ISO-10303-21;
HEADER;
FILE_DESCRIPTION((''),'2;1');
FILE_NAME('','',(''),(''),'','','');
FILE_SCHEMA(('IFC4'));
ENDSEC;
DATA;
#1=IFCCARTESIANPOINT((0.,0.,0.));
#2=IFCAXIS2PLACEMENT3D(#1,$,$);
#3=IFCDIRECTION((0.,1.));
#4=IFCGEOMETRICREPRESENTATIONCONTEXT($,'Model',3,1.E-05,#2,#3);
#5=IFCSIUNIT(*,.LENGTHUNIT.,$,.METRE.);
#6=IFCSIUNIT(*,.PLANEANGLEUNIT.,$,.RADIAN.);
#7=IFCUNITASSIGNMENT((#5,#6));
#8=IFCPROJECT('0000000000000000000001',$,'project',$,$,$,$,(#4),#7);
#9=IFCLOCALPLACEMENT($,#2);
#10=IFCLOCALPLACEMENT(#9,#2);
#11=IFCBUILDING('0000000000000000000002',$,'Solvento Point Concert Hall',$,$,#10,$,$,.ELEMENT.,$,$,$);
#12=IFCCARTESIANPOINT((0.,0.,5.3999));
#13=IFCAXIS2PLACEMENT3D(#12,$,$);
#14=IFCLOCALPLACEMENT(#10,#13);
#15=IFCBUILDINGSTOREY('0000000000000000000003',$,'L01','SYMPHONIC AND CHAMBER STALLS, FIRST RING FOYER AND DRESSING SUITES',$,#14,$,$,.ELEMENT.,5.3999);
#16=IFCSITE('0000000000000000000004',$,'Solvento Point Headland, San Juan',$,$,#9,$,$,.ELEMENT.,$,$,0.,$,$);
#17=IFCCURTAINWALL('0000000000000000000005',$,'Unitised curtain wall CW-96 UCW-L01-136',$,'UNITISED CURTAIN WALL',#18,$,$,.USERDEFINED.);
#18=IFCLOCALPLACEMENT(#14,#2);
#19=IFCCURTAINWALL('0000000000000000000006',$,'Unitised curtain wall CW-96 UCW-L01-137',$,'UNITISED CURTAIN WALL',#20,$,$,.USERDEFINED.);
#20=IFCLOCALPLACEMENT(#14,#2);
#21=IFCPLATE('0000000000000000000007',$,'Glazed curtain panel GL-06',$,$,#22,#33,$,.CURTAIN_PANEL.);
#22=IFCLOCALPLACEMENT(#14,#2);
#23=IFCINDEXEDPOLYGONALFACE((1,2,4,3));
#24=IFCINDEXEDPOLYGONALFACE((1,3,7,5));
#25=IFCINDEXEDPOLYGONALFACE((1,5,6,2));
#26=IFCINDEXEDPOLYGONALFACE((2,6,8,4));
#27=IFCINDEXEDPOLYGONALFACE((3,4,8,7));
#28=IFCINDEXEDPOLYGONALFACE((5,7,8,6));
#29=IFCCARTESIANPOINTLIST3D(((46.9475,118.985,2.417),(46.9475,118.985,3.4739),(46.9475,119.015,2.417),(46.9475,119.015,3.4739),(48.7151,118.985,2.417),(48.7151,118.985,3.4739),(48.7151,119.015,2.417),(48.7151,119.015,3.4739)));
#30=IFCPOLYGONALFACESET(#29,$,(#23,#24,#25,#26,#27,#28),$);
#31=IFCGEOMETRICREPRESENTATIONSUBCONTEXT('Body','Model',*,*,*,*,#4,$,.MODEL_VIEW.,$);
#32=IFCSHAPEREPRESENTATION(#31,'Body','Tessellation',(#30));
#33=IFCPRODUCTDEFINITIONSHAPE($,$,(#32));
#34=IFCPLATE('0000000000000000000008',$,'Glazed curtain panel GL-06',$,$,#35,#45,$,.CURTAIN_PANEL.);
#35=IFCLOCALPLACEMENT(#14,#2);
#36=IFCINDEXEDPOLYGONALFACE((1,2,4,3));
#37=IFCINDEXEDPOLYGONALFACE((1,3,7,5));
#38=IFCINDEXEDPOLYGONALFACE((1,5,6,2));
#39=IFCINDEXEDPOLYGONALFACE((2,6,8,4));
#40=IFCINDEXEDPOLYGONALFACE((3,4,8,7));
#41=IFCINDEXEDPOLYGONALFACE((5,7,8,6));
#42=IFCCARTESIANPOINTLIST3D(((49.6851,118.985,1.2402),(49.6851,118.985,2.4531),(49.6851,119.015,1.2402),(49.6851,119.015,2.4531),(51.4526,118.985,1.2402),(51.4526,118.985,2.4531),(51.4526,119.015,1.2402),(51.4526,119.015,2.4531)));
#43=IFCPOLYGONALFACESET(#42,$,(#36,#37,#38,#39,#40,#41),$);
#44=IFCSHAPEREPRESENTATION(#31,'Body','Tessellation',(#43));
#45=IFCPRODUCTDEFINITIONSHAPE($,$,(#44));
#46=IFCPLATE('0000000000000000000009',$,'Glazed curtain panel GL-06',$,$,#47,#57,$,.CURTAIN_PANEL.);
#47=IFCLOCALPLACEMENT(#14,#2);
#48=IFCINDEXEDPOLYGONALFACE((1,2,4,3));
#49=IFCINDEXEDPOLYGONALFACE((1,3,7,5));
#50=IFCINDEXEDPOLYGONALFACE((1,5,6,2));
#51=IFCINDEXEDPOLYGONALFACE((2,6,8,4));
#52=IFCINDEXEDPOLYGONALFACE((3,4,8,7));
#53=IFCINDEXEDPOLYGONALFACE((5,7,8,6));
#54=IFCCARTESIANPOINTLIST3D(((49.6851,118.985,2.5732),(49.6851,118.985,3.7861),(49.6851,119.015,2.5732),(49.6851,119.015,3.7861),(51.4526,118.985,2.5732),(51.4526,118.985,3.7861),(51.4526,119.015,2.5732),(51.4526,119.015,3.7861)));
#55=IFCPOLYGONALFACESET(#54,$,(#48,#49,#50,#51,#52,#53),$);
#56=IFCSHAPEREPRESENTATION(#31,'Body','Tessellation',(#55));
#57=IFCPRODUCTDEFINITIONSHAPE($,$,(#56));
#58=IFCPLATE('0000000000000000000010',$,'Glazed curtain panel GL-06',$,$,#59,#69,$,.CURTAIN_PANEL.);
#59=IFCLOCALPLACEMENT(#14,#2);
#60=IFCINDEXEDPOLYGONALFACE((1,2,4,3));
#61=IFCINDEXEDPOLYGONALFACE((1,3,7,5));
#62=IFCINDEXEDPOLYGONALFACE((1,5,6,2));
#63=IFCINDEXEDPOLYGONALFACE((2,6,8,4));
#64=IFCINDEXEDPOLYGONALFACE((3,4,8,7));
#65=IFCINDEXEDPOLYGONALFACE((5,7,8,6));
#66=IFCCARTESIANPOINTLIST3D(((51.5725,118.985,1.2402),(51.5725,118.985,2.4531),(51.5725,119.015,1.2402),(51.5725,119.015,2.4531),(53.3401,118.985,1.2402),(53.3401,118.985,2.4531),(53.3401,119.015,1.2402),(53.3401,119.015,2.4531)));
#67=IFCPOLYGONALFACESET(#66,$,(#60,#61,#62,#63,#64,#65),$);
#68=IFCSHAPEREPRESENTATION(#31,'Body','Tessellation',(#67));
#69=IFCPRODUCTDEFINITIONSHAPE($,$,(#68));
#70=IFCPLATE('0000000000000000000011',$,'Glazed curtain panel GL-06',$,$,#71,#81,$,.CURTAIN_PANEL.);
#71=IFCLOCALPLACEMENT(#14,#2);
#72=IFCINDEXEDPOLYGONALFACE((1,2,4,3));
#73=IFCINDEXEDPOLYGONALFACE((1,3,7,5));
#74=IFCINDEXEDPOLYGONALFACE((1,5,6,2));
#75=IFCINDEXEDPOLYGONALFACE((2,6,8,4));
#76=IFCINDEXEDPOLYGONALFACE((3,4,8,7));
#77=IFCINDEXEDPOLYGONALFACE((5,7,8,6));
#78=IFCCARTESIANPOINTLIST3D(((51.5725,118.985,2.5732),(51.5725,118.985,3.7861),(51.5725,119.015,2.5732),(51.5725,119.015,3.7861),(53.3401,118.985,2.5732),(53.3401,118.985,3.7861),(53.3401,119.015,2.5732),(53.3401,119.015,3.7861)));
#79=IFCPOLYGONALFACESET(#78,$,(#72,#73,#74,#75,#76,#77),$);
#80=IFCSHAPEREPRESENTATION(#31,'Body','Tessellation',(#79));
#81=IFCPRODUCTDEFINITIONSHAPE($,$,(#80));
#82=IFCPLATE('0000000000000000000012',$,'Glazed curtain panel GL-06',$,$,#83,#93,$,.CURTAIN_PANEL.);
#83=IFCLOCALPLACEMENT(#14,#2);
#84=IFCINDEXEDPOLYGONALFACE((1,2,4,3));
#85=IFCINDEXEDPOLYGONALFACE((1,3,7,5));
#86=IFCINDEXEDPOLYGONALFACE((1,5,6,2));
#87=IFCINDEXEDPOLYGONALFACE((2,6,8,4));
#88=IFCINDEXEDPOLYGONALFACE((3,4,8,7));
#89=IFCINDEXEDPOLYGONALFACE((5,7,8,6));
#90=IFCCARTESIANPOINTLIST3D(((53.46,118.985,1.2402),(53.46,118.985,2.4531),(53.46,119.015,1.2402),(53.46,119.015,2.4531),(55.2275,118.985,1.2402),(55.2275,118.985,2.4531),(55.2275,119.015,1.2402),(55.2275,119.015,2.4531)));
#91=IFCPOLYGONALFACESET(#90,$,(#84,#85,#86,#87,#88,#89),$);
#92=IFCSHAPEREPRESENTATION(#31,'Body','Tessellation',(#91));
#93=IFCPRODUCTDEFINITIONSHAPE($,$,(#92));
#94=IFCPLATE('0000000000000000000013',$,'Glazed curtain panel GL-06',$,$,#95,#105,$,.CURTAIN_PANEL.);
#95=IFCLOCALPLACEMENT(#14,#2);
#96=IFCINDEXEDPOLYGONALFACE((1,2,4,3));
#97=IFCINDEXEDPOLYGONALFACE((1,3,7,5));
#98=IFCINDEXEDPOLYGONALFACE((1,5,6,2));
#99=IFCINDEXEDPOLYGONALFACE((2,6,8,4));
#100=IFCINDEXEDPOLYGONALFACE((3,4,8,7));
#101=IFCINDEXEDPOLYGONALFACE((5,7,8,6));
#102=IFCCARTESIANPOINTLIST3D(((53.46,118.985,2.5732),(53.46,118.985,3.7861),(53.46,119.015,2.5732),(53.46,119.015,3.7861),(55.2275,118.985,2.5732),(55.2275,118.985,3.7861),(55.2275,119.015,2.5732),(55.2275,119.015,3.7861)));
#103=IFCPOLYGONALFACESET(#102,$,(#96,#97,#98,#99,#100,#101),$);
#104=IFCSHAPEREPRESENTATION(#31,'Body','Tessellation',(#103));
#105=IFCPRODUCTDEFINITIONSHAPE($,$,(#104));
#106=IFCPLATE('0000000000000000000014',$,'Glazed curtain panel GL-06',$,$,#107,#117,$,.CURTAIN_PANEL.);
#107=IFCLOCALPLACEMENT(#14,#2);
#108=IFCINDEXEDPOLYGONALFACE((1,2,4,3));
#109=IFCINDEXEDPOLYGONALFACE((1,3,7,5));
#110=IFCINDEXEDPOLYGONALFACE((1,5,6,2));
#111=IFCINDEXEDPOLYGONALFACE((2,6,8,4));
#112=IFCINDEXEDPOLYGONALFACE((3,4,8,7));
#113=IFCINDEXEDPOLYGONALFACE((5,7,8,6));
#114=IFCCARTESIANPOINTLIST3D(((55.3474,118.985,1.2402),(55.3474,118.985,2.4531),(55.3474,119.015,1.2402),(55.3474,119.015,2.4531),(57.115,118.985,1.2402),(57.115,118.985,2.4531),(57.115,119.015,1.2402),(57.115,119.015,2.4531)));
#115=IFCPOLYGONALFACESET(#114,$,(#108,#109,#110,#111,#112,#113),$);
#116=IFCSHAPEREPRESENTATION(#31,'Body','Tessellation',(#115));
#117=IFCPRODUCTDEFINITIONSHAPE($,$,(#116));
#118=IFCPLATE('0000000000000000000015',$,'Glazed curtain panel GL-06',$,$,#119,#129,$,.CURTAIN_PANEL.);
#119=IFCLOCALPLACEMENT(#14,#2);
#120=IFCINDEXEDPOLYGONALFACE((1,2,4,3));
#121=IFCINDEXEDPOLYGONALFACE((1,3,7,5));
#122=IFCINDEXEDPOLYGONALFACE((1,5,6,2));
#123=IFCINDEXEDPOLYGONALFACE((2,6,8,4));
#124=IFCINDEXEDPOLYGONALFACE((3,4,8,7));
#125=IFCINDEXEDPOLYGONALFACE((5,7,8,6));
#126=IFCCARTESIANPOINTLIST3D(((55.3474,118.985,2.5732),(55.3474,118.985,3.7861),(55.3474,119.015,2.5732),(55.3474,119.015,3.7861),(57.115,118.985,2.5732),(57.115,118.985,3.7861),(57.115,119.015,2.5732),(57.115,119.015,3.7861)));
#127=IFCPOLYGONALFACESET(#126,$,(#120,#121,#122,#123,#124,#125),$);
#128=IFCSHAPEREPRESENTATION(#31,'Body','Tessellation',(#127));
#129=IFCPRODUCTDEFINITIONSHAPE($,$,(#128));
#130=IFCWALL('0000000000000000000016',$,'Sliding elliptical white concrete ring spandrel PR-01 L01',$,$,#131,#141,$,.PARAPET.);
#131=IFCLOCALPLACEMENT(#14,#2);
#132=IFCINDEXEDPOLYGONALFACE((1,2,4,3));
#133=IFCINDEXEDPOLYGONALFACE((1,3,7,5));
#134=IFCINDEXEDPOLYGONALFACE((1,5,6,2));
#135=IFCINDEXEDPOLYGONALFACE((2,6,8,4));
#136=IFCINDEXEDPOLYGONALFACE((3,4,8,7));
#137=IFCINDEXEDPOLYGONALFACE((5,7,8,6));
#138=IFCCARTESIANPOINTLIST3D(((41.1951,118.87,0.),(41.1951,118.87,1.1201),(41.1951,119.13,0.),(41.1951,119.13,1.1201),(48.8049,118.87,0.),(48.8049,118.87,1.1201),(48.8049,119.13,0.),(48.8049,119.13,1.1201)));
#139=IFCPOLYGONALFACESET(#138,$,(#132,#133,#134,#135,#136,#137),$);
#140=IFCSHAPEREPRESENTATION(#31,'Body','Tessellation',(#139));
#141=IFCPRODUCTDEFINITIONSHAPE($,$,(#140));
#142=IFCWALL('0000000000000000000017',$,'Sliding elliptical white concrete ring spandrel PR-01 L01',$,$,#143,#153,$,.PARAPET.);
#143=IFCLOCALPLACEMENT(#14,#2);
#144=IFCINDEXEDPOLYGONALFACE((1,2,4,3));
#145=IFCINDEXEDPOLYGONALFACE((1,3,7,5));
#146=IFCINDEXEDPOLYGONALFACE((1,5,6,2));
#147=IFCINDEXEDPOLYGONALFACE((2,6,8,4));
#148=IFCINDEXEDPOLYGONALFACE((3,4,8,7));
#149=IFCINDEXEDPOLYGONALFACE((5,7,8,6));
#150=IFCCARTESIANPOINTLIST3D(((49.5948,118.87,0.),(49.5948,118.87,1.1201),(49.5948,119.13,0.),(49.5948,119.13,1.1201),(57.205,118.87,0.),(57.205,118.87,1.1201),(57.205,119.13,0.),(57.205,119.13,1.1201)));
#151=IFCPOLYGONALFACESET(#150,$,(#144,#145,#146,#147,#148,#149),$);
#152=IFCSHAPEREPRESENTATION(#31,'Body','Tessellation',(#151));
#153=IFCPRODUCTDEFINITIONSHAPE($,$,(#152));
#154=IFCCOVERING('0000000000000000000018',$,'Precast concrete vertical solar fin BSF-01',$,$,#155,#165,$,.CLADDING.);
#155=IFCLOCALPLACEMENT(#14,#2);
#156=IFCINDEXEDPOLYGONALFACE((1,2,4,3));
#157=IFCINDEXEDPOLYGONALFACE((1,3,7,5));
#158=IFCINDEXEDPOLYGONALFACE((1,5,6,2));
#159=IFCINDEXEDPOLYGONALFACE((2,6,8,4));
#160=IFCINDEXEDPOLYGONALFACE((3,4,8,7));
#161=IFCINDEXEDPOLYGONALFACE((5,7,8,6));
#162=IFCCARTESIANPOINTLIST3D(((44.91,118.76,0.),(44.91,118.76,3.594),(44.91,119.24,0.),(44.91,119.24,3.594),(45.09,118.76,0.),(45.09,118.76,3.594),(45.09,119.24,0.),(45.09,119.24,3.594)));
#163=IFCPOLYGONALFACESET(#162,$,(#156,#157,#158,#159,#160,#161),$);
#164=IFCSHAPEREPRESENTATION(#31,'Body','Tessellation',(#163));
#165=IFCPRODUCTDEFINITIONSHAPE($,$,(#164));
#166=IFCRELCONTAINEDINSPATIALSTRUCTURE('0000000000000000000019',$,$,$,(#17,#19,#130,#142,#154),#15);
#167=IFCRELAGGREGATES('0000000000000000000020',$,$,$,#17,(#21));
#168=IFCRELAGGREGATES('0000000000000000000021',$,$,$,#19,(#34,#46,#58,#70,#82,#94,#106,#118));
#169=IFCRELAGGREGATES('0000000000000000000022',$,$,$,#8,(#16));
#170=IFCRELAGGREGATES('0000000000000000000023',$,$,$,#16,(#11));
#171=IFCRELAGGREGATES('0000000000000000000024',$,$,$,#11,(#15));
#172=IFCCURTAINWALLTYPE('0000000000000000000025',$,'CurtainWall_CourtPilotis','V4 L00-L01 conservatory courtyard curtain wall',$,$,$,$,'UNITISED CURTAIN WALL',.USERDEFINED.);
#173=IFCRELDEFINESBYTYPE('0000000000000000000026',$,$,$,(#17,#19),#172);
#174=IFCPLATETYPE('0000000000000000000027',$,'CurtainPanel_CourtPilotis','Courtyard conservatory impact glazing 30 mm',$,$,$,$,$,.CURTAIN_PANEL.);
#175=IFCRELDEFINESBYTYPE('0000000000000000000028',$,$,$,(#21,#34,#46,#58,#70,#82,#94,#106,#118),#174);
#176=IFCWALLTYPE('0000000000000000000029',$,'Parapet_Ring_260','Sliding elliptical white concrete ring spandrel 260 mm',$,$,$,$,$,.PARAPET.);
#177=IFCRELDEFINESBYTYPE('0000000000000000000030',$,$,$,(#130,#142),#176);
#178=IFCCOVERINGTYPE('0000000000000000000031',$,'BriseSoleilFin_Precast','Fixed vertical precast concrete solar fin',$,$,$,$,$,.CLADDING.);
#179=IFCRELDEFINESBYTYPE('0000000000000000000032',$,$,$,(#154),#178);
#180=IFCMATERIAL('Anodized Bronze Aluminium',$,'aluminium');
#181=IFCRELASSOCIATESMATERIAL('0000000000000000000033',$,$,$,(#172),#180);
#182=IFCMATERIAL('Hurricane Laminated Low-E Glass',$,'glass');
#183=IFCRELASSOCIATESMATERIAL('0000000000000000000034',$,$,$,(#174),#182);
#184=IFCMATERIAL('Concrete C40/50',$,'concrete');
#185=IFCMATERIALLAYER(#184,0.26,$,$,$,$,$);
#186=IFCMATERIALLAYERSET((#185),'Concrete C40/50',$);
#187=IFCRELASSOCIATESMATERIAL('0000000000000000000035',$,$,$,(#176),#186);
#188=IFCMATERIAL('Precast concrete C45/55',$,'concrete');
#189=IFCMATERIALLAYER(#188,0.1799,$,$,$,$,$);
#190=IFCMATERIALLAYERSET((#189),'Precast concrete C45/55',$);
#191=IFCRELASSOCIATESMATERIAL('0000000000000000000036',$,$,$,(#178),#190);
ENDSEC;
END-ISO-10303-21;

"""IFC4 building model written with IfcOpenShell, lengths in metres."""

from ifc_helpers import new_model, si_unit, direction, frame, frame_2d, origin, origin_2d, place, context, subcontext, project, spatial, rectangle, extrude, material, layer, layer_set, type_object, element, aggregate, save


model = new_model("IFC4")

# Units and contexts
model_context = context("Model", 3, precision=1e-05, world=origin(), true_north=direction((0.0, 1.0)))
body_context = subcontext(model_context, "Body", "Model", "MODEL_VIEW")
ifc_project = project(units=[si_unit("LENGTHUNIT", "METRE"), si_unit("PLANEANGLEUNIT", "RADIAN")], contexts=[model_context])

# Site, building, storey
site_placement = place(None, origin())
site = spatial("IfcSite", under=ifc_project, at=site_placement, Name="Solvento Point Headland, San Juan", CompositionType="ELEMENT", RefElevation=0.0)
building_placement = place(site_placement, origin())
building = spatial("IfcBuilding", under=site, at=building_placement, Name="Solvento Point Concert Hall", CompositionType="ELEMENT")
storey_placement = place(building_placement, frame((0.0, 0.0, 5.3999)))
storey = spatial("IfcBuildingStorey", under=building, at=storey_placement, Name="L01", Description="SYMPHONIC AND CHAMBER STALLS, FIRST RING FOYER AND DRESSING SUITES", CompositionType="ELEMENT", Elevation=5.3999)

# Curtain walls
ifc_material_1 = material(Name="Anodized Bronze Aluminium", Category="aluminium")
curtain_wall_type = type_object("IfcCurtainWallType", Name="CurtainWall_CourtPilotis", Description="V4 L00-L01 conservatory courtyard curtain wall", ElementType="UNITISED CURTAIN WALL", PredefinedType="USERDEFINED", material=ifc_material_1)
curtain_wall_1_placement = place(storey_placement, origin())
curtain_wall_1 = element("IfcCurtainWall", 1, at=curtain_wall_1_placement, inside=storey, type_object=curtain_wall_type, Name="Unitised curtain wall CW-96 UCW-L01-136", ObjectType="UNITISED CURTAIN WALL", PredefinedType="USERDEFINED")
curtain_wall_2_placement = place(storey_placement, origin())
curtain_wall_2 = element("IfcCurtainWall", 2, at=curtain_wall_2_placement, inside=storey, type_object=curtain_wall_type, Name="Unitised curtain wall CW-96 UCW-L01-137", ObjectType="UNITISED CURTAIN WALL", PredefinedType="USERDEFINED")

# Plates
ifc_material_2 = material(Name="Hurricane Laminated Low-E Glass", Category="glass")
plate_type = type_object("IfcPlateType", Name="CurtainPanel_CourtPilotis", Description="Courtyard conservatory impact glazing 30 mm", PredefinedType="CURTAIN_PANEL", material=ifc_material_2)
plate_1_placement = place(storey_placement, frame((47.8313, 119.0, 2.417), z_axis=(0.0, 0.0, 1.0), x_axis=(1.0, 0.0, 0.0)))
plate_1 = element("IfcPlate", 3, at=plate_1_placement, type_object=plate_type, Name="Glazed curtain panel GL-06", PredefinedType="CURTAIN_PANEL", context=body_context, shape_type="SweptSolid", body=[
    extrude(rectangle(XDim=1.7676, YDim=0.03, at=origin_2d()), origin(), (0.0, 0.0, 1.0), 1.0569),
])
aggregate(curtain_wall_1, [plate_1])
plate_2_placement = place(storey_placement, frame((50.5688, 119.0, 1.2402), z_axis=(0.0, 0.0, 1.0), x_axis=(1.0, 0.0, 0.0)))
plate_2 = element("IfcPlate", 4, at=plate_2_placement, type_object=plate_type, Name="Glazed curtain panel GL-06", PredefinedType="CURTAIN_PANEL", context=body_context, shape_type="SweptSolid", body=[
    extrude(rectangle(XDim=1.7676, YDim=0.03, at=origin_2d()), origin(), (0.0, 0.0, 1.0), 1.2129),
])
plate_3_placement = place(storey_placement, frame((50.5688, 119.0, 2.5732), z_axis=(0.0, 0.0, 1.0), x_axis=(1.0, 0.0, 0.0)))
plate_3 = element("IfcPlate", 5, at=plate_3_placement, type_object=plate_type, Name="Glazed curtain panel GL-06", PredefinedType="CURTAIN_PANEL", context=body_context, shape_type="SweptSolid", body=[
    extrude(rectangle(XDim=1.7676, YDim=0.03, at=origin_2d()), origin(), (0.0, 0.0, 1.0), 1.2129),
])
plate_4_placement = place(storey_placement, frame((52.4563, 119.0, 1.2402), z_axis=(0.0, 0.0, 1.0), x_axis=(1.0, 0.0, 0.0)))
plate_4 = element("IfcPlate", 6, at=plate_4_placement, type_object=plate_type, Name="Glazed curtain panel GL-06", PredefinedType="CURTAIN_PANEL", context=body_context, shape_type="SweptSolid", body=[
    extrude(rectangle(XDim=1.7676, YDim=0.03, at=origin_2d()), origin(), (0.0, 0.0, 1.0), 1.2129),
])
plate_5_placement = place(storey_placement, frame((52.4563, 119.0, 2.5732), z_axis=(0.0, 0.0, 1.0), x_axis=(1.0, 0.0, 0.0)))
plate_5 = element("IfcPlate", 7, at=plate_5_placement, type_object=plate_type, Name="Glazed curtain panel GL-06", PredefinedType="CURTAIN_PANEL", context=body_context, shape_type="SweptSolid", body=[
    extrude(rectangle(XDim=1.7676, YDim=0.03, at=origin_2d()), origin(), (0.0, 0.0, 1.0), 1.2129),
])
plate_6_placement = place(storey_placement, frame((54.3438, 119.0, 1.2402), z_axis=(0.0, 0.0, 1.0), x_axis=(1.0, 0.0, 0.0)))
plate_6 = element("IfcPlate", 8, at=plate_6_placement, type_object=plate_type, Name="Glazed curtain panel GL-06", PredefinedType="CURTAIN_PANEL", context=body_context, shape_type="SweptSolid", body=[
    extrude(rectangle(XDim=1.7676, YDim=0.03, at=origin_2d()), origin(), (0.0, 0.0, 1.0), 1.2129),
])
plate_7_placement = place(storey_placement, frame((54.3438, 119.0, 2.5732), z_axis=(0.0, 0.0, 1.0), x_axis=(1.0, 0.0, 0.0)))
plate_7 = element("IfcPlate", 9, at=plate_7_placement, type_object=plate_type, Name="Glazed curtain panel GL-06", PredefinedType="CURTAIN_PANEL", context=body_context, shape_type="SweptSolid", body=[
    extrude(rectangle(XDim=1.7676, YDim=0.03, at=origin_2d()), origin(), (0.0, 0.0, 1.0), 1.2129),
])
plate_8_placement = place(storey_placement, frame((56.2312, 119.0, 1.2402), z_axis=(0.0, 0.0, 1.0), x_axis=(1.0, 0.0, 0.0)))
plate_8 = element("IfcPlate", 10, at=plate_8_placement, type_object=plate_type, Name="Glazed curtain panel GL-06", PredefinedType="CURTAIN_PANEL", context=body_context, shape_type="SweptSolid", body=[
    extrude(rectangle(XDim=1.7676, YDim=0.03, at=origin_2d()), origin(), (0.0, 0.0, 1.0), 1.2129),
])
plate_9_placement = place(storey_placement, frame((56.2312, 119.0, 2.5732), z_axis=(0.0, 0.0, 1.0), x_axis=(1.0, 0.0, 0.0)))
plate_9 = element("IfcPlate", 11, at=plate_9_placement, type_object=plate_type, Name="Glazed curtain panel GL-06", PredefinedType="CURTAIN_PANEL", context=body_context, shape_type="SweptSolid", body=[
    extrude(rectangle(XDim=1.7676, YDim=0.03, at=origin_2d()), origin(), (0.0, 0.0, 1.0), 1.2129),
])
aggregate(curtain_wall_2, [plate_2, plate_3, plate_4, plate_5, plate_6, plate_7, plate_8, plate_9])

# Walls
ifc_material_3 = material(Name="Concrete C40/50", Category="concrete")
ifc_layer_1 = layer(ifc_material_3, 0.26)
ifc_layer_set_1 = layer_set([ifc_layer_1], Name="Concrete C40/50")
wall_type = type_object("IfcWallType", Name="Parapet_Ring_260", Description="Sliding elliptical white concrete ring spandrel 260 mm", PredefinedType="PARAPET", material=ifc_layer_set_1)
wall_1_placement = place(storey_placement, frame((48.8049, 119.0, 0.0), z_axis=(0.0, 0.0, 1.0), x_axis=(-1.0, 0.0, 0.0)))
element("IfcWall", 12, at=wall_1_placement, inside=storey, type_object=wall_type, Name="Sliding elliptical white concrete ring spandrel PR-01 L01", PredefinedType="PARAPET", context=body_context, shape_type="SweptSolid", body=[
    extrude(rectangle(XDim=7.6099, YDim=0.26, at=frame_2d((3.8049, 0.0))), origin(), (0.0, 0.0, 1.0), 1.1201),
])
wall_2_placement = place(storey_placement, frame((57.2051, 119.0, 0.0), z_axis=(0.0, 0.0, 1.0), x_axis=(-1.0, 0.0, 0.0)))
element("IfcWall", 13, at=wall_2_placement, inside=storey, type_object=wall_type, Name="Sliding elliptical white concrete ring spandrel PR-01 L01", PredefinedType="PARAPET", context=body_context, shape_type="SweptSolid", body=[
    extrude(rectangle(XDim=7.6101, YDim=0.26, at=frame_2d((3.8052, 0.0))), origin(), (0.0, 0.0, 1.0), 1.1201),
])

# Covering
ifc_material_4 = material(Name="Precast concrete C45/55", Category="concrete")
ifc_layer_2 = layer(ifc_material_4, 0.1799)
ifc_layer_set_2 = layer_set([ifc_layer_2], Name="Precast concrete C45/55")
covering_type = type_object("IfcCoveringType", Name="BriseSoleilFin_Precast", Description="Fixed vertical precast concrete solar fin", PredefinedType="CLADDING", material=ifc_layer_set_2)
covering_placement = place(storey_placement, frame((45.0, 119.0, 0.0), z_axis=(0.0, 0.0, 1.0), x_axis=(1.0, 0.0, 0.0)))
element("IfcCovering", 14, at=covering_placement, inside=storey, type_object=covering_type, Name="Precast concrete vertical solar fin BSF-01", PredefinedType="CLADDING", context=body_context, shape_type="SweptSolid", body=[
    extrude(rectangle(XDim=0.1799, YDim=0.48, at=origin_2d()), origin(), (0.0, 0.0, 1.0), 3.594),
])

save(model, "model.ifc")
